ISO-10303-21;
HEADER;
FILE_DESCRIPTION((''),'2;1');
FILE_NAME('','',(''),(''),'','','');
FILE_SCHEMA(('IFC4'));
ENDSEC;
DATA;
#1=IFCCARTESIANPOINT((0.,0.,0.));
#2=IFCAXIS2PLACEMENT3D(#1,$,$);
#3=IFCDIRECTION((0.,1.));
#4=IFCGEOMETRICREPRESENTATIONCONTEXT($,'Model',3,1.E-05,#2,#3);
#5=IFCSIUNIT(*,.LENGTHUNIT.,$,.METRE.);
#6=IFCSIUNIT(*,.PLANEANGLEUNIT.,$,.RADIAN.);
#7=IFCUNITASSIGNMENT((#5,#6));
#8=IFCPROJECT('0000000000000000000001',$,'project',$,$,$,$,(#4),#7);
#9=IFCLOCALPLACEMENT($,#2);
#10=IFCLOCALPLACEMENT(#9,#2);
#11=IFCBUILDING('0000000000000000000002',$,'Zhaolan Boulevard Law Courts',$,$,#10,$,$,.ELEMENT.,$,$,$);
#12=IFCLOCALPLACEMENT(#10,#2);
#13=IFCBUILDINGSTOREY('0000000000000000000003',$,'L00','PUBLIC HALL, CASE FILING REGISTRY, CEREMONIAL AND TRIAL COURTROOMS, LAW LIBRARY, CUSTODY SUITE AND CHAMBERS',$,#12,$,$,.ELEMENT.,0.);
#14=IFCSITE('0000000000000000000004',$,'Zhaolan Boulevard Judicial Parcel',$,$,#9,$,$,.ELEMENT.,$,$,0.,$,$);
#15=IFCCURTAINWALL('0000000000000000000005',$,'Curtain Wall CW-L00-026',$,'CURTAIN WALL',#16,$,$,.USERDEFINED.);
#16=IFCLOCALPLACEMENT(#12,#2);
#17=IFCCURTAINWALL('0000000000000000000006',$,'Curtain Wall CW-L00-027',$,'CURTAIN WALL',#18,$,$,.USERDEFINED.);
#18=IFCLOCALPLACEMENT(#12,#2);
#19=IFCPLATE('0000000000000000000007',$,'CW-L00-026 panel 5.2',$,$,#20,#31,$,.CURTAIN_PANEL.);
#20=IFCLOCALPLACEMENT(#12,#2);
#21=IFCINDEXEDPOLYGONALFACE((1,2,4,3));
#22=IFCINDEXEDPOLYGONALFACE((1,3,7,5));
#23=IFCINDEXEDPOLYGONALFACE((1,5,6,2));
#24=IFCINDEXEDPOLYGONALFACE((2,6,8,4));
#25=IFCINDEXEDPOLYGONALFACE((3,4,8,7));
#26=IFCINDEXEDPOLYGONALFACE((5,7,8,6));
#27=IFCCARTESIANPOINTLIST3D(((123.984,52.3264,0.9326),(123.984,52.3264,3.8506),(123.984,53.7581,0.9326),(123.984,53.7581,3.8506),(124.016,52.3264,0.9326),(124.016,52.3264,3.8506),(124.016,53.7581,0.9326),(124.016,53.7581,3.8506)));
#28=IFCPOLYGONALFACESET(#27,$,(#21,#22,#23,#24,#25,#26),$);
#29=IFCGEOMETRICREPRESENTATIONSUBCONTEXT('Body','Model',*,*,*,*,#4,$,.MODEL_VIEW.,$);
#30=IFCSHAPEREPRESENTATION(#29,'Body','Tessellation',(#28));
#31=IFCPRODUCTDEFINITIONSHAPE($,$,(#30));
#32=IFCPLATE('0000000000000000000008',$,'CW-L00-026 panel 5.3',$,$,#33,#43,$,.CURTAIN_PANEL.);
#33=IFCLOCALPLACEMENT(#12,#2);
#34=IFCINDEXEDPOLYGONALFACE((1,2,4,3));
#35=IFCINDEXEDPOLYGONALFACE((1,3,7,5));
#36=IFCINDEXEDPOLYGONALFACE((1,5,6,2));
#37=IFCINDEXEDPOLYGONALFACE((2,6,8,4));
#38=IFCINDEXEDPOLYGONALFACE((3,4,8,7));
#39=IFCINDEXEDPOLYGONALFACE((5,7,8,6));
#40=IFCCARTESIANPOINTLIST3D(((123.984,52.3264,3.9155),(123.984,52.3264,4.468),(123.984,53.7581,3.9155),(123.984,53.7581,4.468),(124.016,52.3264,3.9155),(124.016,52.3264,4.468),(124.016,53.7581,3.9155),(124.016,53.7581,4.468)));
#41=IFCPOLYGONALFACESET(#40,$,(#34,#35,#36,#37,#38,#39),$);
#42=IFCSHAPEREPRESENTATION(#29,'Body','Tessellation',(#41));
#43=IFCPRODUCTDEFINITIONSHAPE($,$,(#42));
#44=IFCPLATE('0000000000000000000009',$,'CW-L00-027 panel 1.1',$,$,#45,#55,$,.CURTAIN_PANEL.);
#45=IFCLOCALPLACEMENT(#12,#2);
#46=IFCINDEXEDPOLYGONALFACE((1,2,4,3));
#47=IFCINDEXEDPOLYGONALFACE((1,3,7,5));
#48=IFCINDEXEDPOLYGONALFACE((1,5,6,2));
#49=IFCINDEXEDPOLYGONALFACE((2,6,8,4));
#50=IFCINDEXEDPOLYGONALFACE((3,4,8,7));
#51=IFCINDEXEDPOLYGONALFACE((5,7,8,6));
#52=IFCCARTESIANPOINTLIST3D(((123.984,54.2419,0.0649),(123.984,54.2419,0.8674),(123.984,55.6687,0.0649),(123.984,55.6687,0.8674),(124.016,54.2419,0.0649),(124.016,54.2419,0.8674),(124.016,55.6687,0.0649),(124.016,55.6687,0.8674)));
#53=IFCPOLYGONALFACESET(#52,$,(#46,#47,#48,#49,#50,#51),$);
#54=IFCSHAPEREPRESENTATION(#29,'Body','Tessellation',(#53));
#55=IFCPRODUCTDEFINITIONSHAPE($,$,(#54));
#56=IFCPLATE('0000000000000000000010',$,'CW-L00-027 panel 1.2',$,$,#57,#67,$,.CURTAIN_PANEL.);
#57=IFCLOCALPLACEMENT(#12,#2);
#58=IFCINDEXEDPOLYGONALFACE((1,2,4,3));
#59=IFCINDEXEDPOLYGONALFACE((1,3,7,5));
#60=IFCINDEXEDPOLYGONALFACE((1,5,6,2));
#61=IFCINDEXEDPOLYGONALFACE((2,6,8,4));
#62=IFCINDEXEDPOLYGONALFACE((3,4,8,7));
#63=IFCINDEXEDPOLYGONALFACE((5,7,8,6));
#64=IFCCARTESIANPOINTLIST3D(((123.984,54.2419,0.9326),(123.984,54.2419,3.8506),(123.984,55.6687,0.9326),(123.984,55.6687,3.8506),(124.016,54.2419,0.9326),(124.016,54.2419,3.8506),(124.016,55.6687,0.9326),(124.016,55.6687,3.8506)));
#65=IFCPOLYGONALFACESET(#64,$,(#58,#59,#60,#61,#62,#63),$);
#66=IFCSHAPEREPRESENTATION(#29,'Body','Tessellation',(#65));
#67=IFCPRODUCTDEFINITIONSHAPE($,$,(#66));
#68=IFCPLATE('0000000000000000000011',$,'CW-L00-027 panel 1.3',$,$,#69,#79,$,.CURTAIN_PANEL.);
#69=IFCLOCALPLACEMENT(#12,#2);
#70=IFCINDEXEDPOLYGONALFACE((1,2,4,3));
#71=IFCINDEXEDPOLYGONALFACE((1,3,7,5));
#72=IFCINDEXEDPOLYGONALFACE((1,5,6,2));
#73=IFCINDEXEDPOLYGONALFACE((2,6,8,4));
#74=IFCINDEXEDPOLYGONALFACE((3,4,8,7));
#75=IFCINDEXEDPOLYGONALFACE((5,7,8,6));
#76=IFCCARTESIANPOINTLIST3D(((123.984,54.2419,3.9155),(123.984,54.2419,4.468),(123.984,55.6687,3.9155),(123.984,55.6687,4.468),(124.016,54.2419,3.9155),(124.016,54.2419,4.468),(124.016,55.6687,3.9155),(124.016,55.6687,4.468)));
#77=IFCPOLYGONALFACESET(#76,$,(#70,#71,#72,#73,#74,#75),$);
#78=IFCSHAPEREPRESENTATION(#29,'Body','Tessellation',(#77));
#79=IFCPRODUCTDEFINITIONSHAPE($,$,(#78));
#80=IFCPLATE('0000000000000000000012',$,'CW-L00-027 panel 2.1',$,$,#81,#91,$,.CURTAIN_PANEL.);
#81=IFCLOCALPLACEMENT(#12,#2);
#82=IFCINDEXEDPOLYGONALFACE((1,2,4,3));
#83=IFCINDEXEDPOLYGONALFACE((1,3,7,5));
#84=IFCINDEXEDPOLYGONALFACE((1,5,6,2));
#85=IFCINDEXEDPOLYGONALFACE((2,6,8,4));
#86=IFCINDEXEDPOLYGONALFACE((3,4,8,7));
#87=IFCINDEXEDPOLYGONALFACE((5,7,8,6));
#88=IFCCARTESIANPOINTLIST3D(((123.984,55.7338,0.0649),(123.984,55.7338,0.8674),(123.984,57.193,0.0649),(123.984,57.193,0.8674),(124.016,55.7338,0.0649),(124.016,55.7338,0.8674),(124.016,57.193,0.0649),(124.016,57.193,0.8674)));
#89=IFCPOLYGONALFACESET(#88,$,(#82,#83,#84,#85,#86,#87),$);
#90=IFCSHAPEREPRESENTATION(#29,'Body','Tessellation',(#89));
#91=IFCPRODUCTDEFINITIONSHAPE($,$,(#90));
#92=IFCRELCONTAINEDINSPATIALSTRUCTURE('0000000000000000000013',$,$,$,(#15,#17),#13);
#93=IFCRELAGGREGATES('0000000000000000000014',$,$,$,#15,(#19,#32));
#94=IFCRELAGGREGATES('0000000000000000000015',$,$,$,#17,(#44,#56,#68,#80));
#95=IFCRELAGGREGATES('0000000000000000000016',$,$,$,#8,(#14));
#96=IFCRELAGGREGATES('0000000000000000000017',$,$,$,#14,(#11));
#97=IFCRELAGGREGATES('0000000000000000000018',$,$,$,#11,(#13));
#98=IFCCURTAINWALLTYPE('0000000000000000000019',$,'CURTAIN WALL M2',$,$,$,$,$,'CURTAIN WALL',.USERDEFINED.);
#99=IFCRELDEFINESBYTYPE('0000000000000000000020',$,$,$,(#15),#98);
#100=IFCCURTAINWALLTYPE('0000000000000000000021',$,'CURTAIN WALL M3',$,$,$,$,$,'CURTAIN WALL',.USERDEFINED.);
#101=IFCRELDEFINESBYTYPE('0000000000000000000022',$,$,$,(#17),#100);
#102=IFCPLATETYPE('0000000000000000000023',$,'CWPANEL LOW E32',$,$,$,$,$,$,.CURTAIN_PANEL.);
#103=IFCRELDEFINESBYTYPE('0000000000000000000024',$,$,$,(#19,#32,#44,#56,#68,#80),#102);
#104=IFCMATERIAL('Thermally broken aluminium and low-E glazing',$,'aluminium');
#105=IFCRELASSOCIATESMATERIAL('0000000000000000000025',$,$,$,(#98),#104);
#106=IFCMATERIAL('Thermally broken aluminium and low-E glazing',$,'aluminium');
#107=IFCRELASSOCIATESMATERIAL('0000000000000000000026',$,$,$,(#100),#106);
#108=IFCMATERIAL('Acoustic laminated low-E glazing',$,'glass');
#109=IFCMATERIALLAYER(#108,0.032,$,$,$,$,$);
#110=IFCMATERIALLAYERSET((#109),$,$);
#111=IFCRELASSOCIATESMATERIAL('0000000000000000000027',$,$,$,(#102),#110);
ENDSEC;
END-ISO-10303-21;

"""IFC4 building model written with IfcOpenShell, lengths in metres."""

from ifc_helpers import new_model, si_unit, direction, frame, origin, origin_2d, place, context, subcontext, project, spatial, rectangle, extrude, material, layer, layer_set, type_object, element, aggregate, save


model = new_model("IFC4")

# Units and contexts
model_context = context("Model", 3, precision=1e-05, world=origin(), true_north=direction((0.0, 1.0)))
body_context = subcontext(model_context, "Body", "Model", "MODEL_VIEW")
ifc_project = project(units=[si_unit("LENGTHUNIT", "METRE"), si_unit("PLANEANGLEUNIT", "RADIAN")], contexts=[model_context])

# Site, building, storey
site_placement = place(None, origin())
site = spatial("IfcSite", under=ifc_project, at=site_placement, Name="Zhaolan Boulevard Judicial Parcel", CompositionType="ELEMENT", RefElevation=0.0)
building_placement = place(site_placement, origin())
building = spatial("IfcBuilding", under=site, at=building_placement, Name="Zhaolan Boulevard Law Courts", CompositionType="ELEMENT")
storey_placement = place(building_placement, origin())
storey = spatial("IfcBuildingStorey", under=building, at=storey_placement, Name="L00", Description="PUBLIC HALL, CASE FILING REGISTRY, CEREMONIAL AND TRIAL COURTROOMS, LAW LIBRARY, CUSTODY SUITE AND CHAMBERS", CompositionType="ELEMENT", Elevation=0.0)

# Curtain wall
ifc_material_1 = material(Name="Thermally broken aluminium and low-E glazing", Category="aluminium")
curtain_wall_type_1 = type_object("IfcCurtainWallType", Name="CURTAIN WALL M2", ElementType="CURTAIN WALL", PredefinedType="USERDEFINED", material=ifc_material_1)
curtain_wall_1_placement = place(storey_placement, origin())
curtain_wall_1 = element("IfcCurtainWall", 1, at=curtain_wall_1_placement, inside=storey, type_object=curtain_wall_type_1, Name="Curtain Wall CW-L00-026", ObjectType="CURTAIN WALL", PredefinedType="USERDEFINED")

# Curtain wall
ifc_material_2 = material(Name="Thermally broken aluminium and low-E glazing", Category="aluminium")
curtain_wall_type_2 = type_object("IfcCurtainWallType", Name="CURTAIN WALL M3", ElementType="CURTAIN WALL", PredefinedType="USERDEFINED", material=ifc_material_2)
curtain_wall_2_placement = place(storey_placement, origin())
curtain_wall_2 = element("IfcCurtainWall", 2, at=curtain_wall_2_placement, inside=storey, type_object=curtain_wall_type_2, Name="Curtain Wall CW-L00-027", ObjectType="CURTAIN WALL", PredefinedType="USERDEFINED")

# Shared definitions
ifc_material_3 = material(Name="Acoustic laminated low-E glazing", Category="glass")
ifc_layer = layer(ifc_material_3, 0.032)
ifc_layer_set = layer_set([ifc_layer])
plate_type = type_object("IfcPlateType", Name="CWPANEL LOW E32", PredefinedType="CURTAIN_PANEL", material=ifc_layer_set)

# Plates
plate_1_placement = place(storey_placement, frame((124.0, 53.0422, 0.9326), z_axis=(0.0, 0.0, 1.0), x_axis=(0.0, 1.0, 0.0)))
plate_1 = element("IfcPlate", 3, at=plate_1_placement, type_object=plate_type, Name="CW-L00-026 panel 5.2", PredefinedType="CURTAIN_PANEL", context=body_context, shape_type="SweptSolid", body=[
    extrude(rectangle(XDim=1.4316, YDim=0.032, at=origin_2d()), origin(), (0.0, 0.0, 1.0), 2.918),
])
plate_2_placement = place(storey_placement, frame((124.0, 53.0422, 3.9155), z_axis=(0.0, 0.0, 1.0), x_axis=(0.0, 1.0, 0.0)))
plate_2 = element("IfcPlate", 4, at=plate_2_placement, type_object=plate_type, Name="CW-L00-026 panel 5.3", PredefinedType="CURTAIN_PANEL", context=body_context, shape_type="SweptSolid", body=[
    extrude(rectangle(XDim=1.4316, YDim=0.032, at=origin_2d()), origin(), (0.0, 0.0, 1.0), 0.5525),
])
aggregate(curtain_wall_1, [plate_1, plate_2])
plate_3_placement = place(storey_placement, frame((124.0, 54.9553, 0.0649), z_axis=(0.0, 0.0, 1.0), x_axis=(0.0, 1.0, 0.0)))
plate_3 = element("IfcPlate", 5, at=plate_3_placement, type_object=plate_type, Name="CW-L00-027 panel 1.1", PredefinedType="CURTAIN_PANEL", context=body_context, shape_type="SweptSolid", body=[
    extrude(rectangle(XDim=1.4268, YDim=0.032, at=origin_2d()), origin(), (0.0, 0.0, 1.0), 0.8025),
])
plate_4_placement = place(storey_placement, frame((124.0, 54.9553, 0.9326), z_axis=(0.0, 0.0, 1.0), x_axis=(0.0, 1.0, 0.0)))
plate_4 = element("IfcPlate", 6, at=plate_4_placement, type_object=plate_type, Name="CW-L00-027 panel 1.2", PredefinedType="CURTAIN_PANEL", context=body_context, shape_type="SweptSolid", body=[
    extrude(rectangle(XDim=1.4268, YDim=0.032, at=origin_2d()), origin(), (0.0, 0.0, 1.0), 2.918),
])
plate_5_placement = place(storey_placement, frame((124.0, 54.9553, 3.9155), z_axis=(0.0, 0.0, 1.0), x_axis=(0.0, 1.0, 0.0)))
plate_5 = element("IfcPlate", 7, at=plate_5_placement, type_object=plate_type, Name="CW-L00-027 panel 1.3", PredefinedType="CURTAIN_PANEL", context=body_context, shape_type="SweptSolid", body=[
    extrude(rectangle(XDim=1.4268, YDim=0.032, at=origin_2d()), origin(), (0.0, 0.0, 1.0), 0.5525),
])
plate_6_placement = place(storey_placement, frame((124.0, 56.4634, 0.0649), z_axis=(0.0, 0.0, 1.0), x_axis=(0.0, 1.0, 0.0)))
plate_6 = element("IfcPlate", 8, at=plate_6_placement, type_object=plate_type, Name="CW-L00-027 panel 2.1", PredefinedType="CURTAIN_PANEL", context=body_context, shape_type="SweptSolid", body=[
    extrude(rectangle(XDim=1.4592, YDim=0.032, at=origin_2d()), origin(), (0.0, 0.0, 1.0), 0.8025),
])
aggregate(curtain_wall_2, [plate_3, plate_4, plate_5, plate_6])

save(model, "model.ifc")
